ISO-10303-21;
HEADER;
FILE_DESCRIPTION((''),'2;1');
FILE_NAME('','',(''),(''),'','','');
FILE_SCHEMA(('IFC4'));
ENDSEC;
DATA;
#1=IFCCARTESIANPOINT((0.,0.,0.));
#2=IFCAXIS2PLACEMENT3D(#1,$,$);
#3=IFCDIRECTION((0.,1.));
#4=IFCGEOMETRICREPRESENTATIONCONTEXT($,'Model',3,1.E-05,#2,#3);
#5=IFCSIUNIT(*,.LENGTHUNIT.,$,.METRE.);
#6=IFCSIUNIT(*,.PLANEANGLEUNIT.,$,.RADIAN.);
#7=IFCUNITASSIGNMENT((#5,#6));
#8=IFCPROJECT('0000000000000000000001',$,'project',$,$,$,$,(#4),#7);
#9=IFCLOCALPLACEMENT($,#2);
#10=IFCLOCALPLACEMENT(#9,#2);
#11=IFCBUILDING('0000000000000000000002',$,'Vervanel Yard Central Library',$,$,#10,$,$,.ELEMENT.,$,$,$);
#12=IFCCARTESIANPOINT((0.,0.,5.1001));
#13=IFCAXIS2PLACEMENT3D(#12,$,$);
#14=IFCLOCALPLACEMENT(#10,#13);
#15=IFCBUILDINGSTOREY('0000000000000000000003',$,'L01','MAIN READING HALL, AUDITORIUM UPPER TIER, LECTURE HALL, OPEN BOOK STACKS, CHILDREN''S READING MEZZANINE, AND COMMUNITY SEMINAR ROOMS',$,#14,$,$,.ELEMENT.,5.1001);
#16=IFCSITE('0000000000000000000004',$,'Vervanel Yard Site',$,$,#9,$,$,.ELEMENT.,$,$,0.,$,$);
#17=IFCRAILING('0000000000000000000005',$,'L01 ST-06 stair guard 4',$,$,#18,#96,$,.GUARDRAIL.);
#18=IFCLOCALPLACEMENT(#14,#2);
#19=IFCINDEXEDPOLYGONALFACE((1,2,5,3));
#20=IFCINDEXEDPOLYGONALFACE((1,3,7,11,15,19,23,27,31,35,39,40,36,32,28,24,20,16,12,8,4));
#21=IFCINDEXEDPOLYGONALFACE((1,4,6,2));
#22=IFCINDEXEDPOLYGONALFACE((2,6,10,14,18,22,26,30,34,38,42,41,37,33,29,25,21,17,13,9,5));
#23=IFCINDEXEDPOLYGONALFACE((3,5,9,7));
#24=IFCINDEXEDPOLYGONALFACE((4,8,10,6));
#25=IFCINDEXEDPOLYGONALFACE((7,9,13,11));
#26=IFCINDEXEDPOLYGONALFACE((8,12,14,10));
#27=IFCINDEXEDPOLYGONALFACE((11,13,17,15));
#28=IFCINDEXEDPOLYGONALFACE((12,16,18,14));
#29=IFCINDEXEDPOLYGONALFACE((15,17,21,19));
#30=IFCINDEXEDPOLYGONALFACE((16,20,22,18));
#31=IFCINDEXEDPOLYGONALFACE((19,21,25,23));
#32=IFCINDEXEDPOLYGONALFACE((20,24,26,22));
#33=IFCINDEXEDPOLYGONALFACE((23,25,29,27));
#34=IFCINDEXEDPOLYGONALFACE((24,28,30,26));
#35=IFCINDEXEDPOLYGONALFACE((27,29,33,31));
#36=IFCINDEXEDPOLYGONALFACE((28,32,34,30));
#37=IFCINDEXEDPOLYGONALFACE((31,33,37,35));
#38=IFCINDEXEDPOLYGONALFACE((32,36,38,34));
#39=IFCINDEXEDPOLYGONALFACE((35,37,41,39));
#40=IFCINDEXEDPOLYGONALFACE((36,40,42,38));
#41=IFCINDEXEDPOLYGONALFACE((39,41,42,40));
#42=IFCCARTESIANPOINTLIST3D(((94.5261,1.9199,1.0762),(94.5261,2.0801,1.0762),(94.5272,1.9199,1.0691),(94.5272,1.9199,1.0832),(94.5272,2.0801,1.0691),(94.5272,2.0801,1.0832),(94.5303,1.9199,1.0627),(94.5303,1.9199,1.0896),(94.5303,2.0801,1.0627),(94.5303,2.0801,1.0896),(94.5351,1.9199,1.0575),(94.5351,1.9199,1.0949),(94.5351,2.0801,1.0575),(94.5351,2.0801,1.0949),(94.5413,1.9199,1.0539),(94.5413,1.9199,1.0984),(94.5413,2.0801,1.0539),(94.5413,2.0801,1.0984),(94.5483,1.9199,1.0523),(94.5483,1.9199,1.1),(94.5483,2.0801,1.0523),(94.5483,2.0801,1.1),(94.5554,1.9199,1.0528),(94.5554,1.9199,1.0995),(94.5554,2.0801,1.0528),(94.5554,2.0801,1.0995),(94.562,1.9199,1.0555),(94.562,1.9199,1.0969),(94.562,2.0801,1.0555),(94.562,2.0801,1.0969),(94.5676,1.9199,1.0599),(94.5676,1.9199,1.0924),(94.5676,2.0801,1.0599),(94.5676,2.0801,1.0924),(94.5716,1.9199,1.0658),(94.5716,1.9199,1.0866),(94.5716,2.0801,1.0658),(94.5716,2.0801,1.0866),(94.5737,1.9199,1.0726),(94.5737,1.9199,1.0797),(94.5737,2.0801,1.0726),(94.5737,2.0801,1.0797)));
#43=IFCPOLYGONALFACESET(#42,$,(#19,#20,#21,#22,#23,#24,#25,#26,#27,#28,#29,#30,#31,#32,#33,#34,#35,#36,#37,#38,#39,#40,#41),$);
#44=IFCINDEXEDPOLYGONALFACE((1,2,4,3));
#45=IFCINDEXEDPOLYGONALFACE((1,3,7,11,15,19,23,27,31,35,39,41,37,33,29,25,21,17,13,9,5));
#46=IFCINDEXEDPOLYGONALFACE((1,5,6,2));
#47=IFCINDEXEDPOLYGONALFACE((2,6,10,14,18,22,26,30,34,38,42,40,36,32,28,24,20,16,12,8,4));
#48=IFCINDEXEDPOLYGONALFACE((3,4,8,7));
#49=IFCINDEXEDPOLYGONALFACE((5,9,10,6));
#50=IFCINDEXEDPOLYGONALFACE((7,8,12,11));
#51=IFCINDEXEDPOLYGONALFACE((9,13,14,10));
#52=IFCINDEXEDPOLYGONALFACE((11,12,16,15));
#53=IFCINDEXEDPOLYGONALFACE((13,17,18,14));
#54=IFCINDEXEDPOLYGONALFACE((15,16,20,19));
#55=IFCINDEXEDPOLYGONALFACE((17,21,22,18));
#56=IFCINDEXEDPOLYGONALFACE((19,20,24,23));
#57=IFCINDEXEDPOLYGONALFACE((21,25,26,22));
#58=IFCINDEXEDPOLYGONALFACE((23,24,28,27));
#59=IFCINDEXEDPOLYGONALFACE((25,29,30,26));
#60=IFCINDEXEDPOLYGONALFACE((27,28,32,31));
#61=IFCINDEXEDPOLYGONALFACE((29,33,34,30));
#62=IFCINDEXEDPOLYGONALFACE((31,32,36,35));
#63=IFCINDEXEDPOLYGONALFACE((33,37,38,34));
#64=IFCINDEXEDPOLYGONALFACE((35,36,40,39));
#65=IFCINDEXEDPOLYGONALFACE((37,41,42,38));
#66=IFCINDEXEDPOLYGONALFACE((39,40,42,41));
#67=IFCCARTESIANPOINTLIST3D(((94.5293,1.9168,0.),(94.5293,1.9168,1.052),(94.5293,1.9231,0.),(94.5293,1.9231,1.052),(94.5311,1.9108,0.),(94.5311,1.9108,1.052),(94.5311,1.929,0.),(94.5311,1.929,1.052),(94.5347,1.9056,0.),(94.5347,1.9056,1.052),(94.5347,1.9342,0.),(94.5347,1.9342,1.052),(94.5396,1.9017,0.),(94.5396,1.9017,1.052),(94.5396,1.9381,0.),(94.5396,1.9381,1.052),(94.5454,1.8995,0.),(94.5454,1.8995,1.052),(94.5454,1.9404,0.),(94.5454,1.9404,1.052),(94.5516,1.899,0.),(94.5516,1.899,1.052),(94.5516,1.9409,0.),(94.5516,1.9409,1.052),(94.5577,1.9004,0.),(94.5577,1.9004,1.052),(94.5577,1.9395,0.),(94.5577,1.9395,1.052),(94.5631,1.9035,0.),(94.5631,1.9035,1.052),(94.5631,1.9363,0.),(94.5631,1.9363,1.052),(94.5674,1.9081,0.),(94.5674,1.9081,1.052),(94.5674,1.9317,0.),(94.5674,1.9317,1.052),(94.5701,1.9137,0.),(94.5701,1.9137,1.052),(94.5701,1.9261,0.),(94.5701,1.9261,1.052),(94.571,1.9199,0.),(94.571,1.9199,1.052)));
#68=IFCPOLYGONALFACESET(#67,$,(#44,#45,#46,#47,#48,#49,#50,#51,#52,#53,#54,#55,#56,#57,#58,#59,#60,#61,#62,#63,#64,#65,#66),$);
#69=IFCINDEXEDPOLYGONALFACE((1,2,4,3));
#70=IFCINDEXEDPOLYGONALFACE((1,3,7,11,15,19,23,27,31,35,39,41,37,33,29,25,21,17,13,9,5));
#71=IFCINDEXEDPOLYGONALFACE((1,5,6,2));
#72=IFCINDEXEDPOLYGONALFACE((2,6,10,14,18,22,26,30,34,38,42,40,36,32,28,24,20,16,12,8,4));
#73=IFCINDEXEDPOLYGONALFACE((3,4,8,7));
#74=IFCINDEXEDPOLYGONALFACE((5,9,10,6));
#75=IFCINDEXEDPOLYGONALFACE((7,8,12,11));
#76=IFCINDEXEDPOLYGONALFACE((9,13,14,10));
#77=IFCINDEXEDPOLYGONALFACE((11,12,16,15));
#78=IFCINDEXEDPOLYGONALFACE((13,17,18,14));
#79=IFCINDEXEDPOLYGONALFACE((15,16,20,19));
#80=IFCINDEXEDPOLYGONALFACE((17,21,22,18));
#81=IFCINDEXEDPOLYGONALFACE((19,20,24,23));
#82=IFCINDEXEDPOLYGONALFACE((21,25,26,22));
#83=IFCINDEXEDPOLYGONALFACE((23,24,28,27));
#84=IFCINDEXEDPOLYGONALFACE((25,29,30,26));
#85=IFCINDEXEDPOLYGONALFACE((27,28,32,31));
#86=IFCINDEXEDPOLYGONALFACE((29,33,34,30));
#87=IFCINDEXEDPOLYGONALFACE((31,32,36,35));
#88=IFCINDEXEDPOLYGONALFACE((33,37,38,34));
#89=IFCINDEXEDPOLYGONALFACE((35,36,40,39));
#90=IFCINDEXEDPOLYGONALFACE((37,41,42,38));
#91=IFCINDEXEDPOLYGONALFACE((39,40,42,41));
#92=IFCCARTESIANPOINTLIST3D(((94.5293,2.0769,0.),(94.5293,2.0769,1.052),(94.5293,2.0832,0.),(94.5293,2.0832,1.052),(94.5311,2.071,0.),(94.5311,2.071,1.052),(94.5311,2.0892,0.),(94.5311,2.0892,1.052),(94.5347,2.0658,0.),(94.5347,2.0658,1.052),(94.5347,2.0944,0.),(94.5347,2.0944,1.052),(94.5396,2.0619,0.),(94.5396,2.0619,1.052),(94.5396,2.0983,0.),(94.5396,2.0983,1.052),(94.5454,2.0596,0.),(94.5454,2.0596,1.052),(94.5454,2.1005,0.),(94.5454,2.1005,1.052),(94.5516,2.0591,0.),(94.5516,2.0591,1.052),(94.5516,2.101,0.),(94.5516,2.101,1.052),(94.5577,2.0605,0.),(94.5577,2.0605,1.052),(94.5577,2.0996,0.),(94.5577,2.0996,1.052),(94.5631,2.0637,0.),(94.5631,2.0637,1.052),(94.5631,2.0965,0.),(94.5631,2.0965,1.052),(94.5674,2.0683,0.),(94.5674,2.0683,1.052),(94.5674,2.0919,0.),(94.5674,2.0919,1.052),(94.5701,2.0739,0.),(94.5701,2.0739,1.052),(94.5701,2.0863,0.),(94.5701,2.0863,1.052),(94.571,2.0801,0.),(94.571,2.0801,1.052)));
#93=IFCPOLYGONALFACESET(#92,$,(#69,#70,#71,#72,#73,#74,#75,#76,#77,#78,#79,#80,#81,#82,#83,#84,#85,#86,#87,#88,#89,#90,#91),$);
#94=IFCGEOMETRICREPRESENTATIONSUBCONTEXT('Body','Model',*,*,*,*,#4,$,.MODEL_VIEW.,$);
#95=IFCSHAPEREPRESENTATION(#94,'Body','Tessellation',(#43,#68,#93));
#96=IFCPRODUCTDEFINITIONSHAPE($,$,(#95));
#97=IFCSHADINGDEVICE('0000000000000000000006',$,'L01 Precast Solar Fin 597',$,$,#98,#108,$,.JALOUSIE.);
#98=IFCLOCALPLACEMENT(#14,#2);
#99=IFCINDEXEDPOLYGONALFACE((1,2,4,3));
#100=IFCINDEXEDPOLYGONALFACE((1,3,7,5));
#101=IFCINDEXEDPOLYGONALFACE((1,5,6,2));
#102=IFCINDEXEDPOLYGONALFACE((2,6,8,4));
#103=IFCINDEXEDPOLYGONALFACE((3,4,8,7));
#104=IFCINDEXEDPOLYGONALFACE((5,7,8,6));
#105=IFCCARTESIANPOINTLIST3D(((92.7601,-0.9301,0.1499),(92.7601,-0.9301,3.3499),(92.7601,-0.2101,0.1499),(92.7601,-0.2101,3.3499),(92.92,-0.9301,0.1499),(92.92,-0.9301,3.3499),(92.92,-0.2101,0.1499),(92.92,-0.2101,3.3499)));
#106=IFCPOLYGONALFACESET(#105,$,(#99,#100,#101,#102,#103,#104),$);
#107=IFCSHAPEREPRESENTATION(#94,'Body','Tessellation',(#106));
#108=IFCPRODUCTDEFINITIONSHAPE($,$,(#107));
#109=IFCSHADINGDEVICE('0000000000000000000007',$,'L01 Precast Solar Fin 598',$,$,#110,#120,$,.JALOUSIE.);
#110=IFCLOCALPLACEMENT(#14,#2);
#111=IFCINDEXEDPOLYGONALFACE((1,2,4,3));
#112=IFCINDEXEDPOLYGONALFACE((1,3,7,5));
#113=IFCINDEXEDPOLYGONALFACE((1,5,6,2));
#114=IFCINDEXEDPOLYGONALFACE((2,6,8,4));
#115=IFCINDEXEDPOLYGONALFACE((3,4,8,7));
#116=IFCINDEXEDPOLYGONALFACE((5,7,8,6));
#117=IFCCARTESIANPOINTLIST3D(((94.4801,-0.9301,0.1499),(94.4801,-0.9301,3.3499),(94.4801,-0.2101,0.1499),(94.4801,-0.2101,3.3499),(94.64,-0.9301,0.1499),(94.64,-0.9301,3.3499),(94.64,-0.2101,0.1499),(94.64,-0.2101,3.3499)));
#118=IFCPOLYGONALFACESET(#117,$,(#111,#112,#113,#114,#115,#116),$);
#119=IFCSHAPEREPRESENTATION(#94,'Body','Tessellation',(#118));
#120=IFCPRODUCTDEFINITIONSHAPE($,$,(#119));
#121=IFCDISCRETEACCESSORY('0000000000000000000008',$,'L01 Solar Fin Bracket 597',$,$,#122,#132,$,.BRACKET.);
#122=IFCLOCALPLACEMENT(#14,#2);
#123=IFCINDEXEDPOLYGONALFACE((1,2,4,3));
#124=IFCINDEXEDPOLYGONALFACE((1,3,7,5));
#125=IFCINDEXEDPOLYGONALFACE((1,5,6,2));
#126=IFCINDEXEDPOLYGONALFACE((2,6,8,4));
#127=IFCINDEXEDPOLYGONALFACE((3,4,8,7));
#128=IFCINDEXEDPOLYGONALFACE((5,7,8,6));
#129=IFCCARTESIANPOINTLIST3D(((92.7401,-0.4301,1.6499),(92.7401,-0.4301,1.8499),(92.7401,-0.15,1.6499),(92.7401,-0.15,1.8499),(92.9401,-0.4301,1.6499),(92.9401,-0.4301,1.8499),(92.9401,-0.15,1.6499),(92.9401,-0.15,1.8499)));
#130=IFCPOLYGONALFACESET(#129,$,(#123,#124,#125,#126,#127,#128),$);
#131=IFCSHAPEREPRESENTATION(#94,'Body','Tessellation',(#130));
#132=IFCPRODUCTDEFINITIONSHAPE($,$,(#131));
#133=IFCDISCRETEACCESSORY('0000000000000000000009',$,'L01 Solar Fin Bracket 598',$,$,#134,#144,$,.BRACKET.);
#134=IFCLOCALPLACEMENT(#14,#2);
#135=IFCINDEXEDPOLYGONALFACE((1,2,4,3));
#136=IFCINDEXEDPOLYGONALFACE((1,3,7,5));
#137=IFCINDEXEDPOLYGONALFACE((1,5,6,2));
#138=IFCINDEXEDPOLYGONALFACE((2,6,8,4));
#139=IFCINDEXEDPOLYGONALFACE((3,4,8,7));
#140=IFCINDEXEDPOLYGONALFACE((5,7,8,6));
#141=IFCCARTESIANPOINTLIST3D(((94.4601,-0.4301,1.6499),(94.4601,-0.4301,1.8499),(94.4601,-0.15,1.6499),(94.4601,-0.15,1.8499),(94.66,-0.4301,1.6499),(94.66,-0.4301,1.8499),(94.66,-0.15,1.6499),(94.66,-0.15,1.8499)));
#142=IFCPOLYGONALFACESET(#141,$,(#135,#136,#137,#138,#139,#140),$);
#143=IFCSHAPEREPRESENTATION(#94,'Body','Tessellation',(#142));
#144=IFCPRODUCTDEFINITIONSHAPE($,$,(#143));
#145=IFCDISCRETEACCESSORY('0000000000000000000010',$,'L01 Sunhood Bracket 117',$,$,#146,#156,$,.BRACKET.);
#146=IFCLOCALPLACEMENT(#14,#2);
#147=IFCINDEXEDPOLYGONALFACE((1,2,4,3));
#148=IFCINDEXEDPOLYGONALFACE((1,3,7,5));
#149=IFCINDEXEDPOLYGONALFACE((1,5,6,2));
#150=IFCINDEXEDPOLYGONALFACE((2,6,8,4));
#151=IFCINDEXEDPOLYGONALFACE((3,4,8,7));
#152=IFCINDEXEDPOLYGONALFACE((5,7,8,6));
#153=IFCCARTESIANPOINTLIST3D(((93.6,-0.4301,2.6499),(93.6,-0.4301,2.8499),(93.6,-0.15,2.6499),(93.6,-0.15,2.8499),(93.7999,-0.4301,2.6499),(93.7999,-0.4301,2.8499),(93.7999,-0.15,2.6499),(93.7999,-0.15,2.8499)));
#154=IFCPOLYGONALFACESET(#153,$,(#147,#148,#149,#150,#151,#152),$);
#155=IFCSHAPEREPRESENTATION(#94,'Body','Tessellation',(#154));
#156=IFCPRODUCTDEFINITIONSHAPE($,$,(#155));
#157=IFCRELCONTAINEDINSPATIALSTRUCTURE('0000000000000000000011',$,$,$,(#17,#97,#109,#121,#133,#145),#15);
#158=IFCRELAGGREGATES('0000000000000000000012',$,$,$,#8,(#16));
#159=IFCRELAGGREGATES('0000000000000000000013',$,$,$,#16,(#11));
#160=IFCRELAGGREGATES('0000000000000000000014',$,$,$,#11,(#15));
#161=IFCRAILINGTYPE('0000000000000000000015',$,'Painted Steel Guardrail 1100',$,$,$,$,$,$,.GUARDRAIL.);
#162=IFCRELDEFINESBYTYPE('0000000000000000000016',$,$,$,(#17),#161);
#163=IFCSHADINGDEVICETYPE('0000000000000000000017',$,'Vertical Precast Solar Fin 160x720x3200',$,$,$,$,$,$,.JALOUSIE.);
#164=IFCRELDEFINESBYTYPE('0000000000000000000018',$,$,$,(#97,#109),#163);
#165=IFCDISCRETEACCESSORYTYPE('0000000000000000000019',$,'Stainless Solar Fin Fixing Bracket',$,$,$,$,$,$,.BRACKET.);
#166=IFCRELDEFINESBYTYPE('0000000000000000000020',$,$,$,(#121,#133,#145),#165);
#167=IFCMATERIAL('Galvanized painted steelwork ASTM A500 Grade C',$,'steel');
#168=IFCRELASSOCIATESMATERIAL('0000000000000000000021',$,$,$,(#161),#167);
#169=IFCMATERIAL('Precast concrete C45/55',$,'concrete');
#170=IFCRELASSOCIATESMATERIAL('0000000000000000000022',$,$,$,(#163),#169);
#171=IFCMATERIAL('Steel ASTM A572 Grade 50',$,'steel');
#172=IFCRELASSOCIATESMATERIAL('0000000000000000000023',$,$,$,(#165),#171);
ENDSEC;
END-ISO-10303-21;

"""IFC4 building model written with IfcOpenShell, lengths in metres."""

from ifc_helpers import new_model, si_unit, direction, frame, origin, origin_2d, place, context, subcontext, project, spatial, rectangle, circle, extrude, material, type_object, element, save


model = new_model("IFC4")

# Units and contexts
model_context = context("Model", 3, precision=1e-05, world=origin(), true_north=direction((0.0, 1.0)))
body_context = subcontext(model_context, "Body", "Model", "MODEL_VIEW")
ifc_project = project(units=[si_unit("LENGTHUNIT", "METRE"), si_unit("PLANEANGLEUNIT", "RADIAN")], contexts=[model_context])

# Site, building, storey
site_placement = place(None, origin())
site = spatial("IfcSite", under=ifc_project, at=site_placement, Name="Vervanel Yard Site", CompositionType="ELEMENT", RefElevation=0.0)
building_placement = place(site_placement, origin())
building = spatial("IfcBuilding", under=site, at=building_placement, Name="Vervanel Yard Central Library", CompositionType="ELEMENT")
storey_placement = place(building_placement, frame((0.0, 0.0, 5.1001)))
storey = spatial("IfcBuildingStorey", under=building, at=storey_placement, Name="L01", Description="MAIN READING HALL, AUDITORIUM UPPER TIER, LECTURE HALL, OPEN BOOK STACKS, CHILDREN'S READING MEZZANINE, AND COMMUNITY SEMINAR ROOMS", CompositionType="ELEMENT", Elevation=5.1001)

# Shared definitions
ifc_material_1 = material(Name="Galvanized painted steelwork ASTM A500 Grade C", Category="steel")

# Shared definitions
ifc_material_2 = material(Name="Precast concrete C45/55", Category="concrete")

# Railing
railing_type_1 = type_object("IfcRailingType", Name="Painted Steel Guardrail 1100", PredefinedType="GUARDRAIL", material=ifc_material_1)
railing_1_placement = place(storey_placement, frame((94.55, 1.9199, 0.0)))
element("IfcRailing", 1, at=railing_1_placement, inside=storey, type_object=railing_type_1, Name="L01 ST-06 stair guard 4", PredefinedType="GUARDRAIL", context=body_context, shape_type="SweptSolid", body=[
    extrude(circle(Radius=0.0239, at=origin_2d()), frame((0.0, 0.0, 1.0762), z_axis=(0.0, 1.0, 0.0), x_axis=(-1.0, 0.0, 0.0)), (0.0, 0.0, 1.0), 0.1602),
    extrude(circle(Radius=0.021, at=origin_2d()), origin(), (0.0, 0.0, 1.0), 1.052),
    extrude(circle(Radius=0.021, at=origin_2d()), frame((0.0, 0.1602, 0.0)), (0.0, 0.0, 1.0), 1.052),
])

# Shading devices
shading_device_type_1 = type_object("IfcShadingDeviceType", Name="Vertical Precast Solar Fin 160x720x3200", PredefinedType="JALOUSIE", material=ifc_material_2)
for number, where, z_axis, x_axis, name in (
    (2, (92.8401, -0.5701, 0.1499), (0.0, 0.0, 1.0), (1.0, 0.0, 0.0), "L01 Precast Solar Fin 597"),
    (3, (94.5601, -0.5701, 0.1499), (0.0, 0.0, 1.0), (1.0, 0.0, 0.0), "L01 Precast Solar Fin 598"),
):
    element("IfcShadingDevice", number, at=place(storey_placement, frame(where, z_axis=z_axis, x_axis=x_axis)), inside=storey, type_object=shading_device_type_1, Name=name, PredefinedType="JALOUSIE", context=body_context, shape_type="SweptSolid", body=[
        extrude(rectangle(XDim=0.1599, YDim=0.72, at=origin_2d()), origin(), (0.0, 0.0, 1.0), 3.2),
    ])

# Discrete accessories
ifc_material_3 = material(Name="Steel ASTM A572 Grade 50", Category="steel")
discrete_accessory_type = type_object("IfcDiscreteAccessoryType", Name="Stainless Solar Fin Fixing Bracket", PredefinedType="BRACKET", material=ifc_material_3)
for number, where, z_axis, x_axis, name in (
    (4, (92.8401, -0.29, 1.6499), (0.0, 0.0, 1.0), (1.0, 0.0, 0.0), "L01 Solar Fin Bracket 597"),
    (5, (94.5601, -0.29, 1.6499), (0.0, 0.0, 1.0), (1.0, 0.0, 0.0), "L01 Solar Fin Bracket 598"),
    (6, (93.7, -0.29, 2.6499), (0.0, 0.0, 1.0), (1.0, 0.0, 0.0), "L01 Sunhood Bracket 117"),
):
    element("IfcDiscreteAccessory", number, at=place(storey_placement, frame(where, z_axis=z_axis, x_axis=x_axis)), inside=storey, type_object=discrete_accessory_type, Name=name, PredefinedType="BRACKET", context=body_context, shape_type="SweptSolid", body=[
        extrude(rectangle(XDim=0.2, YDim=0.28, at=origin_2d()), origin(), (0.0, 0.0, 1.0), 0.2),
    ])

save(model, "model.ifc")
